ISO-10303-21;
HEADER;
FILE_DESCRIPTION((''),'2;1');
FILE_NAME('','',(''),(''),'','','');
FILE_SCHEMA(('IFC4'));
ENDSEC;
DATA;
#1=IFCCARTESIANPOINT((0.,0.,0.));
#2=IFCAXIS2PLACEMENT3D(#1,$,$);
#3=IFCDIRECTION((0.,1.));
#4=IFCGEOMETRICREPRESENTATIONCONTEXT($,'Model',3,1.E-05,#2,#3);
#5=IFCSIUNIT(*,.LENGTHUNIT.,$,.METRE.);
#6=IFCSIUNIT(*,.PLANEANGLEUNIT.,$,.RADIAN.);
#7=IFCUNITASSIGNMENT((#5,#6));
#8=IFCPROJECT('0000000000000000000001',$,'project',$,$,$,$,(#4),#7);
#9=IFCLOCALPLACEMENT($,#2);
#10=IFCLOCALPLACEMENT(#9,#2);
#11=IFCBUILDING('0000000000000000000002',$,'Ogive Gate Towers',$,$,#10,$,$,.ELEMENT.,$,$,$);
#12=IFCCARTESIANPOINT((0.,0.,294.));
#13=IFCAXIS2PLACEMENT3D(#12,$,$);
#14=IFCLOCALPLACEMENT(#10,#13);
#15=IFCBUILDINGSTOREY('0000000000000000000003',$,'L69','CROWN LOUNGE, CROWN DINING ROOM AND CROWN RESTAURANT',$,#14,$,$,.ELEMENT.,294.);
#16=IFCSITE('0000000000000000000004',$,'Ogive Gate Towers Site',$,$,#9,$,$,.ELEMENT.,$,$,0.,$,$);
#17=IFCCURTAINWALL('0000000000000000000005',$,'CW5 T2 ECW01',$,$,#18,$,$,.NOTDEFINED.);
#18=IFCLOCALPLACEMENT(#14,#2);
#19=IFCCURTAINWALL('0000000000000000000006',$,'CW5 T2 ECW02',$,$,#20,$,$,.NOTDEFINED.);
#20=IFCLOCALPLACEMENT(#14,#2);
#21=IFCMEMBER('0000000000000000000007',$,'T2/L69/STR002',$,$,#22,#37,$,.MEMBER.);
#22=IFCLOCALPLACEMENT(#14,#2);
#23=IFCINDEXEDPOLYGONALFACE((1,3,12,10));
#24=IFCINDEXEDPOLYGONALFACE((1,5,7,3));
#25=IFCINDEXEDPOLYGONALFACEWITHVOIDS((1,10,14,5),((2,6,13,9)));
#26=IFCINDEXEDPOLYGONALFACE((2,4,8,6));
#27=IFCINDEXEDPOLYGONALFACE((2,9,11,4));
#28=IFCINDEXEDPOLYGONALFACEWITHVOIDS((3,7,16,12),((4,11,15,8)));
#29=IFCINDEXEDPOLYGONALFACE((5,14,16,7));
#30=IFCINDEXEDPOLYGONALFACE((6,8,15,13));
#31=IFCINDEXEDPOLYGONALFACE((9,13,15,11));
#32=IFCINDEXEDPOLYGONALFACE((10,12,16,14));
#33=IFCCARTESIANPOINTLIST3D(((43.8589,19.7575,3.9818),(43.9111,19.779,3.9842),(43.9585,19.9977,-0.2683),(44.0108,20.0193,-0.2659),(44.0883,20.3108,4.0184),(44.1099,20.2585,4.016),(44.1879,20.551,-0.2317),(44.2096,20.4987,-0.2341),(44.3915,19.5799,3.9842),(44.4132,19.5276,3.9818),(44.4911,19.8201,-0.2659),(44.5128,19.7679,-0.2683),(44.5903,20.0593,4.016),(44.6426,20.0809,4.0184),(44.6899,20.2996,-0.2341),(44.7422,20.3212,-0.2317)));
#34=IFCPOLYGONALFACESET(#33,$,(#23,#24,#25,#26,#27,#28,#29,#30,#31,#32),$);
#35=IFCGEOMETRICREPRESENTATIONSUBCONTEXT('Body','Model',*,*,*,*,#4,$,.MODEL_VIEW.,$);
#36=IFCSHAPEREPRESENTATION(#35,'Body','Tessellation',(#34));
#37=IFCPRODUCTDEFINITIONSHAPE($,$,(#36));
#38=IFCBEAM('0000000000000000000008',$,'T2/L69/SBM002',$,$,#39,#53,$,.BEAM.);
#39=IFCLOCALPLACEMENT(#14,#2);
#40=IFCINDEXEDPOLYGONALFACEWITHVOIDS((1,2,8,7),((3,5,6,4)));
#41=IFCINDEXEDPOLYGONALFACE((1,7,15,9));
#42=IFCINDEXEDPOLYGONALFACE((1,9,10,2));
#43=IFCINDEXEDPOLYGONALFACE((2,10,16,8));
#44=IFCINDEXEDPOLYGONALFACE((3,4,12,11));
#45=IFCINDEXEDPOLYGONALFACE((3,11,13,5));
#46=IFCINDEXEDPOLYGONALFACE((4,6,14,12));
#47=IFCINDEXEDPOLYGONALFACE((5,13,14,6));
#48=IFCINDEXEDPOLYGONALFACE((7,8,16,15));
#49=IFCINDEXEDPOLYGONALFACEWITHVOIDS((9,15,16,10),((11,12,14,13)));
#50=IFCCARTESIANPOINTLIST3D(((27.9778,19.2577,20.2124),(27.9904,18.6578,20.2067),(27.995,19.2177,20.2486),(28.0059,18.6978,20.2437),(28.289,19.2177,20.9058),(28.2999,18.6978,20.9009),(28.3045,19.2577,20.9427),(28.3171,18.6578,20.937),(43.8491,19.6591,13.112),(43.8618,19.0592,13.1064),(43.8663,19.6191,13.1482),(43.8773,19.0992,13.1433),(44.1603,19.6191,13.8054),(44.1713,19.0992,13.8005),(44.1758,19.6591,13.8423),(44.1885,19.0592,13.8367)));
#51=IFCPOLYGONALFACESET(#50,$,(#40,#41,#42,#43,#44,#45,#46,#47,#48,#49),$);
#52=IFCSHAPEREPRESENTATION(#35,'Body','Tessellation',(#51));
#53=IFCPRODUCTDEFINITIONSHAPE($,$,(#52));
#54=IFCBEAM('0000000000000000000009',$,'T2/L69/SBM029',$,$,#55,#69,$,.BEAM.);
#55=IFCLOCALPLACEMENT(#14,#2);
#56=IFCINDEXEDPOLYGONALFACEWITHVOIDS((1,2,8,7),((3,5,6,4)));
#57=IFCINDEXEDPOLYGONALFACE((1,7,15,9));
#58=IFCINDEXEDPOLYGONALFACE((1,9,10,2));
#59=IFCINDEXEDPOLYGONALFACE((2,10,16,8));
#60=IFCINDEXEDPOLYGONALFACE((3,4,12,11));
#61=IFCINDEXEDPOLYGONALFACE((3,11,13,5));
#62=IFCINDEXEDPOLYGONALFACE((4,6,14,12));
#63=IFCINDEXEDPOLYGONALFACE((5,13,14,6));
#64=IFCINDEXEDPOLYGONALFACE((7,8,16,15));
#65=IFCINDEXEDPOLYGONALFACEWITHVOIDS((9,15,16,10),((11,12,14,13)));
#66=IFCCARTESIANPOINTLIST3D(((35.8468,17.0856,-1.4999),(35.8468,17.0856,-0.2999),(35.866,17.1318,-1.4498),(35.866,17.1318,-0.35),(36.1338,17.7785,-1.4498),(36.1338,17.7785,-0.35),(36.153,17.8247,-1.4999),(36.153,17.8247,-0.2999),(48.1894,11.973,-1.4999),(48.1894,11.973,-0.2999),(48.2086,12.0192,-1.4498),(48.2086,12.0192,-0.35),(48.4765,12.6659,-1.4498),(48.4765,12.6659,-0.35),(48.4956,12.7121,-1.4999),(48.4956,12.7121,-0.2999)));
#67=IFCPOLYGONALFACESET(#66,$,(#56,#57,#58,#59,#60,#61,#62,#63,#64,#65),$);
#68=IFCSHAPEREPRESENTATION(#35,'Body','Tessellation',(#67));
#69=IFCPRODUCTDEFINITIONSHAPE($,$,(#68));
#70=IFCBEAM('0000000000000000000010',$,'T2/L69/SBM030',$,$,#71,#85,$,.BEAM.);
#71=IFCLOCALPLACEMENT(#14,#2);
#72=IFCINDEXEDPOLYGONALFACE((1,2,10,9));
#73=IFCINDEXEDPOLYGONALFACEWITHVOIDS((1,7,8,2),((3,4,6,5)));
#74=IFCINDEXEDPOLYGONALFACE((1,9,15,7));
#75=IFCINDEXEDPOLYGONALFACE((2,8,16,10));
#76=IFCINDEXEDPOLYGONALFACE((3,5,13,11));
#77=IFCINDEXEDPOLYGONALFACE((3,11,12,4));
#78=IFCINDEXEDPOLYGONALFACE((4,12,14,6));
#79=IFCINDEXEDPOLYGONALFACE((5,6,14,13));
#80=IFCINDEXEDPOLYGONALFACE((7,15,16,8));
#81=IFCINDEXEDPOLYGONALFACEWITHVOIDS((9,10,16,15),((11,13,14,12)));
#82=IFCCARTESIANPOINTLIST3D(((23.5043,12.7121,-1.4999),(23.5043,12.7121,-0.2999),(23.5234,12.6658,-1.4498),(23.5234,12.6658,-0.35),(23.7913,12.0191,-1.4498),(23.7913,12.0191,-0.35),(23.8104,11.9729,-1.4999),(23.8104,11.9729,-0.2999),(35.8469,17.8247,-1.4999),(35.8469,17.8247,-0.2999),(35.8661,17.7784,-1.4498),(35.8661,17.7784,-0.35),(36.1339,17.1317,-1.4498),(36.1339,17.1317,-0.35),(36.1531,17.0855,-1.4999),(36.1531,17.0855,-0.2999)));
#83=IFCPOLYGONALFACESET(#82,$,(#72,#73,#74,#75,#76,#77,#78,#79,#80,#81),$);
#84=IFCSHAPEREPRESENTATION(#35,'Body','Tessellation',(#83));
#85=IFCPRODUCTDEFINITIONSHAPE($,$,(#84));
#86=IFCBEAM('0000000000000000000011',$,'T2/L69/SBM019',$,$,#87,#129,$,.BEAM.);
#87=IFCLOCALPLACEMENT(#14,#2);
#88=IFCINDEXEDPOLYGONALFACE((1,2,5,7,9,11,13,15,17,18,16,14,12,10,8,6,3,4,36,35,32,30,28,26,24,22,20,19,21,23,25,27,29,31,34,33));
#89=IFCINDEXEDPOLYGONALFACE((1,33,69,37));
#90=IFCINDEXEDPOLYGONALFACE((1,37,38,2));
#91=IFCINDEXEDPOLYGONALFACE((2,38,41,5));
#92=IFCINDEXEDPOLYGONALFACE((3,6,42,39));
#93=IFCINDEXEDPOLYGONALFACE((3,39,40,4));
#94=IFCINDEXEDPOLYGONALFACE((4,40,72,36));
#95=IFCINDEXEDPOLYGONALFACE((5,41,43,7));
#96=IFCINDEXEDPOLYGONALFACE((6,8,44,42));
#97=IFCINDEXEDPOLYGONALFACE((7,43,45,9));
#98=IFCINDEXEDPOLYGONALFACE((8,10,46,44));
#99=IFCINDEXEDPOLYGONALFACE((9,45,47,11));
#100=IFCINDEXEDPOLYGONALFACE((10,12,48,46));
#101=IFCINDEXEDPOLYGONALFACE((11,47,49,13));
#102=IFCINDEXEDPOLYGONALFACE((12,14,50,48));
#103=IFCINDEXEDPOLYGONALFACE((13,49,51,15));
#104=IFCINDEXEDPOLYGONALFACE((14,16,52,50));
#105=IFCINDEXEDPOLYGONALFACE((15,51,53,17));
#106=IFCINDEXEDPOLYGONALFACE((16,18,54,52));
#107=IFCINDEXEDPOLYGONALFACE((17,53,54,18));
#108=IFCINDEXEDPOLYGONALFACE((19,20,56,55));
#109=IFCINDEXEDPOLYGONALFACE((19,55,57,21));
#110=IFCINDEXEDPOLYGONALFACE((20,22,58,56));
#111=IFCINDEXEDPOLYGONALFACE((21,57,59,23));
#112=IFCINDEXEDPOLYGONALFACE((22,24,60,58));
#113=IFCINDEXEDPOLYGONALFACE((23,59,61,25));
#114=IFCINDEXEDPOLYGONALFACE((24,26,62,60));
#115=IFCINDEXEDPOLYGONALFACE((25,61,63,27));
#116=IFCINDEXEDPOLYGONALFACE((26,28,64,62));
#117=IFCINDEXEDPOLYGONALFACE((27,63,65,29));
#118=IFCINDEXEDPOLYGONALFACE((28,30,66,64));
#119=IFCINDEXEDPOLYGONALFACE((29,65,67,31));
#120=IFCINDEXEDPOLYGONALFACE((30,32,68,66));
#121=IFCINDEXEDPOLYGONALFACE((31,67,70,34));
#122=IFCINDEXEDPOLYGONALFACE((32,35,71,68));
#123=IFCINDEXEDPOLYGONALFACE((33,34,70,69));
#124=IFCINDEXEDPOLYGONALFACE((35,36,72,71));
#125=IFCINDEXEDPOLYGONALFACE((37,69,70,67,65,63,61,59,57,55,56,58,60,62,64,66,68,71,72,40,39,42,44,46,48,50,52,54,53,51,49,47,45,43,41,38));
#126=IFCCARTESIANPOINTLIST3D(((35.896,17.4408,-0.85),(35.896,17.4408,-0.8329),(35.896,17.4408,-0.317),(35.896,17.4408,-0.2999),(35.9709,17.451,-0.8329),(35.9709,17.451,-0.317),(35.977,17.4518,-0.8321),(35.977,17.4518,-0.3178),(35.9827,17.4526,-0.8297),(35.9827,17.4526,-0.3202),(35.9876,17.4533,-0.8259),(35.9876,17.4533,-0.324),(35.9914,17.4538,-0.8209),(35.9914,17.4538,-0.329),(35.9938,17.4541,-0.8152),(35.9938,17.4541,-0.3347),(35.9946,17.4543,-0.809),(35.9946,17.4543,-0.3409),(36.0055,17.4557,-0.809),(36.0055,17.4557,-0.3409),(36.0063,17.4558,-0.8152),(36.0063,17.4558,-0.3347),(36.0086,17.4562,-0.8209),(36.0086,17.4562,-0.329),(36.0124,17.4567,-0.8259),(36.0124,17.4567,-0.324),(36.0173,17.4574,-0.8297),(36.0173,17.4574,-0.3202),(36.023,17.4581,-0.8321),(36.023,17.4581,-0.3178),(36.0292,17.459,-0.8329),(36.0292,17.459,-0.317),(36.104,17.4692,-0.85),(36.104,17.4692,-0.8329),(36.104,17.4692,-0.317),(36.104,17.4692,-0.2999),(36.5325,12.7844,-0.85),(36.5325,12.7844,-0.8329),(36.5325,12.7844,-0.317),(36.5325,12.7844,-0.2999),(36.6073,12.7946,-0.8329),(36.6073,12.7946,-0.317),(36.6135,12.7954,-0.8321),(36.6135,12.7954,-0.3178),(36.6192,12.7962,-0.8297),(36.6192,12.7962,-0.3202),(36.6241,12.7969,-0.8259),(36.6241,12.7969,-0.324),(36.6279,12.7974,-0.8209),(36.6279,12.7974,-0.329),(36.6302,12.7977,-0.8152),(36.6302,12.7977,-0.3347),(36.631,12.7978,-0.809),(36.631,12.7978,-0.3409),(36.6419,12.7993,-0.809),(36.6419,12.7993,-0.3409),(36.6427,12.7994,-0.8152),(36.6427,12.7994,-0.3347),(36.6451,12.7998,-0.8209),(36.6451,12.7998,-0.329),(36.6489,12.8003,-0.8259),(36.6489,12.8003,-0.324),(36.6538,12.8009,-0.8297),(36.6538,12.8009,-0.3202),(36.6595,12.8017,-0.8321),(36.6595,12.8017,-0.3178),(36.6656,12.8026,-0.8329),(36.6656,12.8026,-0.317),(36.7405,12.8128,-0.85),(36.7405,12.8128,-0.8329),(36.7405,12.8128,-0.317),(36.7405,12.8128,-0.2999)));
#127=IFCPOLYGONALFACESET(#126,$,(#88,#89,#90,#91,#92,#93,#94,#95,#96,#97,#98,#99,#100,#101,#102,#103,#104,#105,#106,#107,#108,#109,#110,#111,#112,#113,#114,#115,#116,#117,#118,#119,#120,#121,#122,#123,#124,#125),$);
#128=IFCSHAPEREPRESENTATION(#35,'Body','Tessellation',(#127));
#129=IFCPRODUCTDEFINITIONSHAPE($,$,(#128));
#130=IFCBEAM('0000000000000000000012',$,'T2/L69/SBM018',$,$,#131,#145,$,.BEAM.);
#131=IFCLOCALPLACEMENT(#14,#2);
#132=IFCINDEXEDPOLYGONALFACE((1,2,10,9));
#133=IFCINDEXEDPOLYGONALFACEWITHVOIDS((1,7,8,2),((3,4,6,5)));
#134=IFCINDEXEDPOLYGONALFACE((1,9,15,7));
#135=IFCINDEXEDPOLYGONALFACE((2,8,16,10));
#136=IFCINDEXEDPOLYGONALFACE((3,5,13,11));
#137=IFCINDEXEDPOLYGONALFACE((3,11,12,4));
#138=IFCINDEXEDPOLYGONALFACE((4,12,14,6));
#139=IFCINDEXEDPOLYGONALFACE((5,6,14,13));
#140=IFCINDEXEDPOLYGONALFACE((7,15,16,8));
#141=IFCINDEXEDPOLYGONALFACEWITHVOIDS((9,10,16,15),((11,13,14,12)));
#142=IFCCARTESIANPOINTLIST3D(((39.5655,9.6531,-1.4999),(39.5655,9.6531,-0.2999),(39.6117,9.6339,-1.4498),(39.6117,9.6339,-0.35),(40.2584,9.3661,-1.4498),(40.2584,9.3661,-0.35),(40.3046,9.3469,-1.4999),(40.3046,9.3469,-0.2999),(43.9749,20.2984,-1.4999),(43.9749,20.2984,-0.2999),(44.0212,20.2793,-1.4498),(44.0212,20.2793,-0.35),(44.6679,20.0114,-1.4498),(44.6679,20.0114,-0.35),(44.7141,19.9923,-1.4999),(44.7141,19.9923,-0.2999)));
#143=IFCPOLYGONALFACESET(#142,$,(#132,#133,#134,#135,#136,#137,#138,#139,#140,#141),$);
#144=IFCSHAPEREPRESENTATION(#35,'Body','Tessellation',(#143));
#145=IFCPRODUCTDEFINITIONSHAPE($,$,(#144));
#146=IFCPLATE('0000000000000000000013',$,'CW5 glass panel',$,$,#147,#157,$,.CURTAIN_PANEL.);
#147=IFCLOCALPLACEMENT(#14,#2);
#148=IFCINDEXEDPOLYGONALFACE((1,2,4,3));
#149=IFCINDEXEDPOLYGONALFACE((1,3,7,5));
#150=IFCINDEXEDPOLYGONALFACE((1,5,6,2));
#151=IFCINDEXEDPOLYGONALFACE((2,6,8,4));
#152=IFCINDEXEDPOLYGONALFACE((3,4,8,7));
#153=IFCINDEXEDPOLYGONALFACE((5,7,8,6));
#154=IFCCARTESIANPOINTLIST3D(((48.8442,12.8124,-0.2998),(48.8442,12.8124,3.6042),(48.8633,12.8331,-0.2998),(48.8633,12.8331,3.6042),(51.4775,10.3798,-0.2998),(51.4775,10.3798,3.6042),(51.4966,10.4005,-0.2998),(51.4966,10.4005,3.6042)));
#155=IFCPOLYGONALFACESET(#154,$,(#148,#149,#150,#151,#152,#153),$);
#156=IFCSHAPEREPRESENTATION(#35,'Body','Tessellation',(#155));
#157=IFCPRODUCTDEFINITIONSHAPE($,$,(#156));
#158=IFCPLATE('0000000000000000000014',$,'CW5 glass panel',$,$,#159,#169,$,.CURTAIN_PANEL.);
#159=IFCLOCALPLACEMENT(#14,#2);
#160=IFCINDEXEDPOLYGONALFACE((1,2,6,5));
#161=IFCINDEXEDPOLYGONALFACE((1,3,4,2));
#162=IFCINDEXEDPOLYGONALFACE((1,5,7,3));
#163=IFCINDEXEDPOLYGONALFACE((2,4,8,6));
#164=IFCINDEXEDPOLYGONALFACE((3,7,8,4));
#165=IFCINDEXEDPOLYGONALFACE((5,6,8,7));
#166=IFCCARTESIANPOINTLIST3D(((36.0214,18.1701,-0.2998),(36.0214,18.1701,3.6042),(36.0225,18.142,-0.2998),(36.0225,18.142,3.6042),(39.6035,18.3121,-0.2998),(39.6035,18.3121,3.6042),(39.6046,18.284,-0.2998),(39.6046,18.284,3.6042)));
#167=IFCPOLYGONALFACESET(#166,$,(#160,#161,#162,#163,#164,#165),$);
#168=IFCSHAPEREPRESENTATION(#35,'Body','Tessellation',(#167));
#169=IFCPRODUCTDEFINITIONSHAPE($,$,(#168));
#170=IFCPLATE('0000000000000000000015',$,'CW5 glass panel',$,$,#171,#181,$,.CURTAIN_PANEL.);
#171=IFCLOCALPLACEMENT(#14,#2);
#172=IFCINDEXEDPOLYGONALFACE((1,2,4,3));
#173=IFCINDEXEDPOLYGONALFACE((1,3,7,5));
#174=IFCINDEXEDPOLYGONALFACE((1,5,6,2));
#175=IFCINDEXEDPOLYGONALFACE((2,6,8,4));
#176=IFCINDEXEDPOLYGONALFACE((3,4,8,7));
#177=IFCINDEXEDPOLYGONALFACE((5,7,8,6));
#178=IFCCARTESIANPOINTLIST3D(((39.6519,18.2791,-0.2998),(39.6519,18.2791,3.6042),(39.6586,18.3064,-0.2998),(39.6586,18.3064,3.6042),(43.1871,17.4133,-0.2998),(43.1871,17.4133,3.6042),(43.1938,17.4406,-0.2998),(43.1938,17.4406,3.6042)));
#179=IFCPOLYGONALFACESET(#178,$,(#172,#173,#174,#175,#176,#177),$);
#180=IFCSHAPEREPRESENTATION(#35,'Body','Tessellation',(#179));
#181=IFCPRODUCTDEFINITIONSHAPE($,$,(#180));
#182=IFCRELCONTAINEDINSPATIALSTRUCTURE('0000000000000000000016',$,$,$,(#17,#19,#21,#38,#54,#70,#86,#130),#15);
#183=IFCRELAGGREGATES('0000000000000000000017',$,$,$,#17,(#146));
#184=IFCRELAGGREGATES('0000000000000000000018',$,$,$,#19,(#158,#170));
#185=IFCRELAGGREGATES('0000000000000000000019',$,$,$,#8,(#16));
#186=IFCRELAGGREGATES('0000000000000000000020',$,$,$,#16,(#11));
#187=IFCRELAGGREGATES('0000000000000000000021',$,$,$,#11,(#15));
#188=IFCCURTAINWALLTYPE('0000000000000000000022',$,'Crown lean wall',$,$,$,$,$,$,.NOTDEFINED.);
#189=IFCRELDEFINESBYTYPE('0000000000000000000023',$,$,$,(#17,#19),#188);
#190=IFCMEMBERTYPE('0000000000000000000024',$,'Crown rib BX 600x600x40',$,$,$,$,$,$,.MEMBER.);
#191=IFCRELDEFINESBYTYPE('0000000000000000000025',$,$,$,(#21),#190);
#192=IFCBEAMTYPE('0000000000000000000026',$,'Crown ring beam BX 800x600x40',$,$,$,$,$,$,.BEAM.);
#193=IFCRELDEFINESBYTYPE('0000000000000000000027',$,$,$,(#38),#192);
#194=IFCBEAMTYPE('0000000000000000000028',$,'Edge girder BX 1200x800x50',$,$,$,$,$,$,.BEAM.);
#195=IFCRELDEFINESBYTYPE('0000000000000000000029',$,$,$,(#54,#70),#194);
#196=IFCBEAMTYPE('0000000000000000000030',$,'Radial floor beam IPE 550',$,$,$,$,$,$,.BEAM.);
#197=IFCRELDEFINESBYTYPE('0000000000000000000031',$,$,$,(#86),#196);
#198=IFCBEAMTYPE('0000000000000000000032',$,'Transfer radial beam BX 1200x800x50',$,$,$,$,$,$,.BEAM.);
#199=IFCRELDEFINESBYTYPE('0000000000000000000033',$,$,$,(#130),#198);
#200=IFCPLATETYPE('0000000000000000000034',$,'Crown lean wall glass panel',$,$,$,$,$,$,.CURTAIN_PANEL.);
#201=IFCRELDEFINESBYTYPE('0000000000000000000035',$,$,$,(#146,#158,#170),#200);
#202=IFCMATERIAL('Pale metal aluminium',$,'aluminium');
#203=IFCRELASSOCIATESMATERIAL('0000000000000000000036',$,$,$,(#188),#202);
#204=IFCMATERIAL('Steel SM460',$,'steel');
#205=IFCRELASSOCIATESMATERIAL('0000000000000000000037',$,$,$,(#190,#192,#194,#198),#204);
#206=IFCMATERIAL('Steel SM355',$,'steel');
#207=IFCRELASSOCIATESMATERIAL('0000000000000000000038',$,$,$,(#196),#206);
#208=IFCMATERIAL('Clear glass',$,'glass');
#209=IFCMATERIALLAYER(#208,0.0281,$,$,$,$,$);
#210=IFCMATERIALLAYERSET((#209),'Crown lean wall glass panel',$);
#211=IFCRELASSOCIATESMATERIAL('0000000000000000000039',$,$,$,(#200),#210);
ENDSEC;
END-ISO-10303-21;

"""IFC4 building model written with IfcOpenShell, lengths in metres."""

from ifc_helpers import new_model, si_unit, direction, frame, origin, origin_2d, place, context, subcontext, project, spatial, rectangle, hollow_rectangle, i_section, extrude, material, layer, layer_set, material_profile, profile_set, type_object, element, aggregate, save


model = new_model("IFC4")

# Units and contexts
model_context = context("Model", 3, precision=1e-05, world=origin(), true_north=direction((0.0, 1.0)))
body_context = subcontext(model_context, "Body", "Model", "MODEL_VIEW")
ifc_project = project(units=[si_unit("LENGTHUNIT", "METRE"), si_unit("PLANEANGLEUNIT", "RADIAN")], contexts=[model_context])

# Site, building, storey
site_placement = place(None, origin())
site = spatial("IfcSite", under=ifc_project, at=site_placement, Name="Ogive Gate Towers Site", CompositionType="ELEMENT", RefElevation=0.0)
building_placement = place(site_placement, origin())
building = spatial("IfcBuilding", under=site, at=building_placement, Name="Ogive Gate Towers", CompositionType="ELEMENT")
storey_placement = place(building_placement, frame((0.0, 0.0, 294.0)))
storey = spatial("IfcBuildingStorey", under=building, at=storey_placement, Name="L69", Description="CROWN LOUNGE, CROWN DINING ROOM AND CROWN RESTAURANT", CompositionType="ELEMENT", Elevation=294.0)

# Shared definitions
ifc_material_1 = material(Name="Steel SM460", Category="steel")

# Curtain walls
ifc_material_2 = material(Name="Pale metal aluminium", Category="aluminium")
curtain_wall_type = type_object("IfcCurtainWallType", Name="Crown lean wall", PredefinedType="NOTDEFINED", material=ifc_material_2)
curtain_wall_1_placement = place(storey_placement, origin())
curtain_wall_1 = element("IfcCurtainWall", 1, at=curtain_wall_1_placement, inside=storey, type_object=curtain_wall_type, Name="CW5 T2 ECW01", PredefinedType="NOTDEFINED")
curtain_wall_2_placement = place(storey_placement, origin())
curtain_wall_2 = element("IfcCurtainWall", 2, at=curtain_wall_2_placement, inside=storey, type_object=curtain_wall_type, Name="CW5 T2 ECW02", PredefinedType="NOTDEFINED")

# Member
ifc_material_profile_1 = material_profile(ifc_material_1, hollow_rectangle(XDim=0.6001, YDim=0.6001, WallThickness=0.04, at=origin_2d()), Name="BX 600x600x40")
ifc_profile_set_1 = profile_set([ifc_material_profile_1], Name="Steel SM460")
member_type_1 = type_object("IfcMemberType", Name="Crown rib BX 600x600x40", PredefinedType="MEMBER", material=ifc_profile_set_1)
member_1_placement = place(storey_placement, frame((44.3503, 20.1594, -0.25), z_axis=(-0.023394, -0.05642, 0.998133), x_axis=(0.923742, -0.383015, 0.0)))
element("IfcMember", 3, at=member_1_placement, inside=storey, type_object=member_type_1, Name="T2/L69/STR002", PredefinedType="MEMBER", context=body_context, shape_type="SweptSolid", body=[
    extrude(hollow_rectangle(XDim=0.6001, YDim=0.6001, WallThickness=0.04, at=origin_2d()), origin(), (0.0, 0.0, 1.0), 4.2581),
])

# Beams
ifc_material_profile_2 = material_profile(ifc_material_1, hollow_rectangle(XDim=0.6001, YDim=0.8, WallThickness=0.04, at=origin_2d()), Name="BX 800x600x40")
ifc_profile_set_2 = profile_set([ifc_material_profile_2], Name="Steel SM460")
beam_type_1 = type_object("IfcBeamType", Name="Crown ring beam BX 800x600x40", PredefinedType="BEAM", material=ifc_profile_set_2)
beam_1_placement = place(storey_placement, frame((44.0188, 19.3591, 13.4744), z_axis=(-0.912575, -0.023078, 0.408258), x_axis=(-0.021068, 0.999734, 0.009421)))
element("IfcBeam", 4, at=beam_1_placement, inside=storey, type_object=beam_type_1, Name="T2/L69/SBM002", PredefinedType="BEAM", context=body_context, shape_type="SweptSolid", body=[
    extrude(hollow_rectangle(XDim=0.6001, YDim=0.8, WallThickness=0.04, at=origin_2d()), origin(), (0.0, 0.0, 1.0), 17.3918),
])
ifc_material_profile_3 = material_profile(ifc_material_1, hollow_rectangle(XDim=0.8, YDim=1.2, WallThickness=0.05, at=origin_2d()), Name="BX 1200x800x50")
ifc_profile_set_3 = profile_set([ifc_material_profile_3], Name="Steel SM460")
beam_type_2 = type_object("IfcBeamType", Name="Edge girder BX 1200x800x50", PredefinedType="BEAM", material=ifc_profile_set_3)
for number, where, z_axis, x_axis, name in (
    (5, (48.3425, 12.3425, -0.8999), (-0.923877, 0.38269, 0.0), (-0.38269, -0.923877, 0.0), "T2/L69/SBM029"),
    (6, (36.0, 17.4551, -0.8999), (-0.923877, -0.38269, 0.0), (0.38269, -0.923877, 0.0), "T2/L69/SBM030"),
):
    element("IfcBeam", number, at=place(storey_placement, frame(where, z_axis=z_axis, x_axis=x_axis)), inside=storey, type_object=beam_type_2, Name=name, PredefinedType="BEAM", context=body_context, shape_type="SweptSolid", body=[
        extrude(hollow_rectangle(XDim=0.8, YDim=1.2, WallThickness=0.05, at=origin_2d()), origin(), (0.0, 0.0, 1.0), 13.3596),
    ])
ifc_material_3 = material(Name="Steel SM355", Category="steel")
ifc_material_profile_4 = material_profile(ifc_material_3, i_section(OverallWidth=0.21, OverallDepth=0.55, WebThickness=0.011, FlangeThickness=0.0171, FilletRadius=0.0239, at=origin_2d()), Name="IPE 550")
ifc_profile_set_4 = profile_set([ifc_material_profile_4], Name="Steel SM355")
beam_type_3 = type_object("IfcBeamType", Name="Radial floor beam IPE 550", PredefinedType="BEAM", material=ifc_profile_set_4)
beam_2_placement = place(storey_placement, frame((36.6365, 12.7986, -0.575), z_axis=(-0.135426, 0.990787, 0.0), x_axis=(-0.990787, -0.135426, 0.0)))
element("IfcBeam", 7, at=beam_2_placement, inside=storey, type_object=beam_type_3, Name="T2/L69/SBM019", PredefinedType="BEAM", context=body_context, shape_type="SweptSolid", body=[
    extrude(i_section(OverallWidth=0.21, OverallDepth=0.55, WebThickness=0.011, FlangeThickness=0.0171, FilletRadius=0.0239, at=origin_2d()), origin(), (0.0, 0.0, 1.0), 4.6997),
])
ifc_material_profile_5 = material_profile(ifc_material_1, hollow_rectangle(XDim=0.8, YDim=1.2, WallThickness=0.05, at=origin_2d()), Name="BX 1200x800x50")
ifc_profile_set_5 = profile_set([ifc_material_profile_5], Name="Steel SM460")
beam_type_4 = type_object("IfcBeamType", Name="Transfer radial beam BX 1200x800x50", PredefinedType="BEAM", material=ifc_profile_set_5)
beam_3_placement = place(storey_placement, frame((39.9351, 9.5, -0.8999), z_axis=(0.382684, 0.923879, 0.0), x_axis=(-0.923879, 0.382684, 0.0)))
element("IfcBeam", 8, at=beam_3_placement, inside=storey, type_object=beam_type_4, Name="T2/L69/SBM018", PredefinedType="BEAM", context=body_context, shape_type="SweptSolid", body=[
    extrude(hollow_rectangle(XDim=0.8, YDim=1.2, WallThickness=0.05, at=origin_2d()), origin(), (0.0, 0.0, 1.0), 11.5225),
])

# Plates
ifc_material_4 = material(Name="Clear glass", Category="glass")
ifc_layer_1 = layer(ifc_material_4, 0.0281)
ifc_layer_set_1 = layer_set([ifc_layer_1], Name="Crown lean wall glass panel")
plate_type = type_object("IfcPlateType", Name="Crown lean wall glass panel", PredefinedType="CURTAIN_PANEL", material=ifc_layer_set_1)
plate_1_placement = place(storey_placement, frame((50.1704, 11.6064, -0.2998), z_axis=(0.0, 0.0, 1.0), x_axis=(0.734548, -0.678557, 0.0)))
plate_1 = element("IfcPlate", 9, at=plate_1_placement, type_object=plate_type, Name="CW5 glass panel", PredefinedType="CURTAIN_PANEL", context=body_context, shape_type="SweptSolid", body=[
    extrude(rectangle(XDim=3.585, YDim=0.0281, at=origin_2d()), origin(), (0.0, 0.0, 1.0), 3.9041),
])
aggregate(curtain_wall_1, [plate_1])
plate_2_placement = place(storey_placement, frame((37.813, 18.2271, -0.2998), z_axis=(0.0, 0.0, 1.0), x_axis=(0.999215, 0.039609, 0.0)))
plate_2 = element("IfcPlate", 10, at=plate_2_placement, type_object=plate_type, Name="CW5 glass panel", PredefinedType="CURTAIN_PANEL", context=body_context, shape_type="SweptSolid", body=[
    extrude(rectangle(XDim=3.585, YDim=0.0281, at=origin_2d()), origin(), (0.0, 0.0, 1.0), 3.9041),
])
plate_3_placement = place(storey_placement, frame((41.4229, 17.8599, -0.2998), z_axis=(0.0, 0.0, 1.0), x_axis=(0.971296, -0.237872, 0.0)))
plate_3 = element("IfcPlate", 11, at=plate_3_placement, type_object=plate_type, Name="CW5 glass panel", PredefinedType="CURTAIN_PANEL", context=body_context, shape_type="SweptSolid", body=[
    extrude(rectangle(XDim=3.6396, YDim=0.0281, at=origin_2d()), origin(), (0.0, 0.0, 1.0), 3.9041),
])
aggregate(curtain_wall_2, [plate_2, plate_3])

save(model, "model.ifc")
